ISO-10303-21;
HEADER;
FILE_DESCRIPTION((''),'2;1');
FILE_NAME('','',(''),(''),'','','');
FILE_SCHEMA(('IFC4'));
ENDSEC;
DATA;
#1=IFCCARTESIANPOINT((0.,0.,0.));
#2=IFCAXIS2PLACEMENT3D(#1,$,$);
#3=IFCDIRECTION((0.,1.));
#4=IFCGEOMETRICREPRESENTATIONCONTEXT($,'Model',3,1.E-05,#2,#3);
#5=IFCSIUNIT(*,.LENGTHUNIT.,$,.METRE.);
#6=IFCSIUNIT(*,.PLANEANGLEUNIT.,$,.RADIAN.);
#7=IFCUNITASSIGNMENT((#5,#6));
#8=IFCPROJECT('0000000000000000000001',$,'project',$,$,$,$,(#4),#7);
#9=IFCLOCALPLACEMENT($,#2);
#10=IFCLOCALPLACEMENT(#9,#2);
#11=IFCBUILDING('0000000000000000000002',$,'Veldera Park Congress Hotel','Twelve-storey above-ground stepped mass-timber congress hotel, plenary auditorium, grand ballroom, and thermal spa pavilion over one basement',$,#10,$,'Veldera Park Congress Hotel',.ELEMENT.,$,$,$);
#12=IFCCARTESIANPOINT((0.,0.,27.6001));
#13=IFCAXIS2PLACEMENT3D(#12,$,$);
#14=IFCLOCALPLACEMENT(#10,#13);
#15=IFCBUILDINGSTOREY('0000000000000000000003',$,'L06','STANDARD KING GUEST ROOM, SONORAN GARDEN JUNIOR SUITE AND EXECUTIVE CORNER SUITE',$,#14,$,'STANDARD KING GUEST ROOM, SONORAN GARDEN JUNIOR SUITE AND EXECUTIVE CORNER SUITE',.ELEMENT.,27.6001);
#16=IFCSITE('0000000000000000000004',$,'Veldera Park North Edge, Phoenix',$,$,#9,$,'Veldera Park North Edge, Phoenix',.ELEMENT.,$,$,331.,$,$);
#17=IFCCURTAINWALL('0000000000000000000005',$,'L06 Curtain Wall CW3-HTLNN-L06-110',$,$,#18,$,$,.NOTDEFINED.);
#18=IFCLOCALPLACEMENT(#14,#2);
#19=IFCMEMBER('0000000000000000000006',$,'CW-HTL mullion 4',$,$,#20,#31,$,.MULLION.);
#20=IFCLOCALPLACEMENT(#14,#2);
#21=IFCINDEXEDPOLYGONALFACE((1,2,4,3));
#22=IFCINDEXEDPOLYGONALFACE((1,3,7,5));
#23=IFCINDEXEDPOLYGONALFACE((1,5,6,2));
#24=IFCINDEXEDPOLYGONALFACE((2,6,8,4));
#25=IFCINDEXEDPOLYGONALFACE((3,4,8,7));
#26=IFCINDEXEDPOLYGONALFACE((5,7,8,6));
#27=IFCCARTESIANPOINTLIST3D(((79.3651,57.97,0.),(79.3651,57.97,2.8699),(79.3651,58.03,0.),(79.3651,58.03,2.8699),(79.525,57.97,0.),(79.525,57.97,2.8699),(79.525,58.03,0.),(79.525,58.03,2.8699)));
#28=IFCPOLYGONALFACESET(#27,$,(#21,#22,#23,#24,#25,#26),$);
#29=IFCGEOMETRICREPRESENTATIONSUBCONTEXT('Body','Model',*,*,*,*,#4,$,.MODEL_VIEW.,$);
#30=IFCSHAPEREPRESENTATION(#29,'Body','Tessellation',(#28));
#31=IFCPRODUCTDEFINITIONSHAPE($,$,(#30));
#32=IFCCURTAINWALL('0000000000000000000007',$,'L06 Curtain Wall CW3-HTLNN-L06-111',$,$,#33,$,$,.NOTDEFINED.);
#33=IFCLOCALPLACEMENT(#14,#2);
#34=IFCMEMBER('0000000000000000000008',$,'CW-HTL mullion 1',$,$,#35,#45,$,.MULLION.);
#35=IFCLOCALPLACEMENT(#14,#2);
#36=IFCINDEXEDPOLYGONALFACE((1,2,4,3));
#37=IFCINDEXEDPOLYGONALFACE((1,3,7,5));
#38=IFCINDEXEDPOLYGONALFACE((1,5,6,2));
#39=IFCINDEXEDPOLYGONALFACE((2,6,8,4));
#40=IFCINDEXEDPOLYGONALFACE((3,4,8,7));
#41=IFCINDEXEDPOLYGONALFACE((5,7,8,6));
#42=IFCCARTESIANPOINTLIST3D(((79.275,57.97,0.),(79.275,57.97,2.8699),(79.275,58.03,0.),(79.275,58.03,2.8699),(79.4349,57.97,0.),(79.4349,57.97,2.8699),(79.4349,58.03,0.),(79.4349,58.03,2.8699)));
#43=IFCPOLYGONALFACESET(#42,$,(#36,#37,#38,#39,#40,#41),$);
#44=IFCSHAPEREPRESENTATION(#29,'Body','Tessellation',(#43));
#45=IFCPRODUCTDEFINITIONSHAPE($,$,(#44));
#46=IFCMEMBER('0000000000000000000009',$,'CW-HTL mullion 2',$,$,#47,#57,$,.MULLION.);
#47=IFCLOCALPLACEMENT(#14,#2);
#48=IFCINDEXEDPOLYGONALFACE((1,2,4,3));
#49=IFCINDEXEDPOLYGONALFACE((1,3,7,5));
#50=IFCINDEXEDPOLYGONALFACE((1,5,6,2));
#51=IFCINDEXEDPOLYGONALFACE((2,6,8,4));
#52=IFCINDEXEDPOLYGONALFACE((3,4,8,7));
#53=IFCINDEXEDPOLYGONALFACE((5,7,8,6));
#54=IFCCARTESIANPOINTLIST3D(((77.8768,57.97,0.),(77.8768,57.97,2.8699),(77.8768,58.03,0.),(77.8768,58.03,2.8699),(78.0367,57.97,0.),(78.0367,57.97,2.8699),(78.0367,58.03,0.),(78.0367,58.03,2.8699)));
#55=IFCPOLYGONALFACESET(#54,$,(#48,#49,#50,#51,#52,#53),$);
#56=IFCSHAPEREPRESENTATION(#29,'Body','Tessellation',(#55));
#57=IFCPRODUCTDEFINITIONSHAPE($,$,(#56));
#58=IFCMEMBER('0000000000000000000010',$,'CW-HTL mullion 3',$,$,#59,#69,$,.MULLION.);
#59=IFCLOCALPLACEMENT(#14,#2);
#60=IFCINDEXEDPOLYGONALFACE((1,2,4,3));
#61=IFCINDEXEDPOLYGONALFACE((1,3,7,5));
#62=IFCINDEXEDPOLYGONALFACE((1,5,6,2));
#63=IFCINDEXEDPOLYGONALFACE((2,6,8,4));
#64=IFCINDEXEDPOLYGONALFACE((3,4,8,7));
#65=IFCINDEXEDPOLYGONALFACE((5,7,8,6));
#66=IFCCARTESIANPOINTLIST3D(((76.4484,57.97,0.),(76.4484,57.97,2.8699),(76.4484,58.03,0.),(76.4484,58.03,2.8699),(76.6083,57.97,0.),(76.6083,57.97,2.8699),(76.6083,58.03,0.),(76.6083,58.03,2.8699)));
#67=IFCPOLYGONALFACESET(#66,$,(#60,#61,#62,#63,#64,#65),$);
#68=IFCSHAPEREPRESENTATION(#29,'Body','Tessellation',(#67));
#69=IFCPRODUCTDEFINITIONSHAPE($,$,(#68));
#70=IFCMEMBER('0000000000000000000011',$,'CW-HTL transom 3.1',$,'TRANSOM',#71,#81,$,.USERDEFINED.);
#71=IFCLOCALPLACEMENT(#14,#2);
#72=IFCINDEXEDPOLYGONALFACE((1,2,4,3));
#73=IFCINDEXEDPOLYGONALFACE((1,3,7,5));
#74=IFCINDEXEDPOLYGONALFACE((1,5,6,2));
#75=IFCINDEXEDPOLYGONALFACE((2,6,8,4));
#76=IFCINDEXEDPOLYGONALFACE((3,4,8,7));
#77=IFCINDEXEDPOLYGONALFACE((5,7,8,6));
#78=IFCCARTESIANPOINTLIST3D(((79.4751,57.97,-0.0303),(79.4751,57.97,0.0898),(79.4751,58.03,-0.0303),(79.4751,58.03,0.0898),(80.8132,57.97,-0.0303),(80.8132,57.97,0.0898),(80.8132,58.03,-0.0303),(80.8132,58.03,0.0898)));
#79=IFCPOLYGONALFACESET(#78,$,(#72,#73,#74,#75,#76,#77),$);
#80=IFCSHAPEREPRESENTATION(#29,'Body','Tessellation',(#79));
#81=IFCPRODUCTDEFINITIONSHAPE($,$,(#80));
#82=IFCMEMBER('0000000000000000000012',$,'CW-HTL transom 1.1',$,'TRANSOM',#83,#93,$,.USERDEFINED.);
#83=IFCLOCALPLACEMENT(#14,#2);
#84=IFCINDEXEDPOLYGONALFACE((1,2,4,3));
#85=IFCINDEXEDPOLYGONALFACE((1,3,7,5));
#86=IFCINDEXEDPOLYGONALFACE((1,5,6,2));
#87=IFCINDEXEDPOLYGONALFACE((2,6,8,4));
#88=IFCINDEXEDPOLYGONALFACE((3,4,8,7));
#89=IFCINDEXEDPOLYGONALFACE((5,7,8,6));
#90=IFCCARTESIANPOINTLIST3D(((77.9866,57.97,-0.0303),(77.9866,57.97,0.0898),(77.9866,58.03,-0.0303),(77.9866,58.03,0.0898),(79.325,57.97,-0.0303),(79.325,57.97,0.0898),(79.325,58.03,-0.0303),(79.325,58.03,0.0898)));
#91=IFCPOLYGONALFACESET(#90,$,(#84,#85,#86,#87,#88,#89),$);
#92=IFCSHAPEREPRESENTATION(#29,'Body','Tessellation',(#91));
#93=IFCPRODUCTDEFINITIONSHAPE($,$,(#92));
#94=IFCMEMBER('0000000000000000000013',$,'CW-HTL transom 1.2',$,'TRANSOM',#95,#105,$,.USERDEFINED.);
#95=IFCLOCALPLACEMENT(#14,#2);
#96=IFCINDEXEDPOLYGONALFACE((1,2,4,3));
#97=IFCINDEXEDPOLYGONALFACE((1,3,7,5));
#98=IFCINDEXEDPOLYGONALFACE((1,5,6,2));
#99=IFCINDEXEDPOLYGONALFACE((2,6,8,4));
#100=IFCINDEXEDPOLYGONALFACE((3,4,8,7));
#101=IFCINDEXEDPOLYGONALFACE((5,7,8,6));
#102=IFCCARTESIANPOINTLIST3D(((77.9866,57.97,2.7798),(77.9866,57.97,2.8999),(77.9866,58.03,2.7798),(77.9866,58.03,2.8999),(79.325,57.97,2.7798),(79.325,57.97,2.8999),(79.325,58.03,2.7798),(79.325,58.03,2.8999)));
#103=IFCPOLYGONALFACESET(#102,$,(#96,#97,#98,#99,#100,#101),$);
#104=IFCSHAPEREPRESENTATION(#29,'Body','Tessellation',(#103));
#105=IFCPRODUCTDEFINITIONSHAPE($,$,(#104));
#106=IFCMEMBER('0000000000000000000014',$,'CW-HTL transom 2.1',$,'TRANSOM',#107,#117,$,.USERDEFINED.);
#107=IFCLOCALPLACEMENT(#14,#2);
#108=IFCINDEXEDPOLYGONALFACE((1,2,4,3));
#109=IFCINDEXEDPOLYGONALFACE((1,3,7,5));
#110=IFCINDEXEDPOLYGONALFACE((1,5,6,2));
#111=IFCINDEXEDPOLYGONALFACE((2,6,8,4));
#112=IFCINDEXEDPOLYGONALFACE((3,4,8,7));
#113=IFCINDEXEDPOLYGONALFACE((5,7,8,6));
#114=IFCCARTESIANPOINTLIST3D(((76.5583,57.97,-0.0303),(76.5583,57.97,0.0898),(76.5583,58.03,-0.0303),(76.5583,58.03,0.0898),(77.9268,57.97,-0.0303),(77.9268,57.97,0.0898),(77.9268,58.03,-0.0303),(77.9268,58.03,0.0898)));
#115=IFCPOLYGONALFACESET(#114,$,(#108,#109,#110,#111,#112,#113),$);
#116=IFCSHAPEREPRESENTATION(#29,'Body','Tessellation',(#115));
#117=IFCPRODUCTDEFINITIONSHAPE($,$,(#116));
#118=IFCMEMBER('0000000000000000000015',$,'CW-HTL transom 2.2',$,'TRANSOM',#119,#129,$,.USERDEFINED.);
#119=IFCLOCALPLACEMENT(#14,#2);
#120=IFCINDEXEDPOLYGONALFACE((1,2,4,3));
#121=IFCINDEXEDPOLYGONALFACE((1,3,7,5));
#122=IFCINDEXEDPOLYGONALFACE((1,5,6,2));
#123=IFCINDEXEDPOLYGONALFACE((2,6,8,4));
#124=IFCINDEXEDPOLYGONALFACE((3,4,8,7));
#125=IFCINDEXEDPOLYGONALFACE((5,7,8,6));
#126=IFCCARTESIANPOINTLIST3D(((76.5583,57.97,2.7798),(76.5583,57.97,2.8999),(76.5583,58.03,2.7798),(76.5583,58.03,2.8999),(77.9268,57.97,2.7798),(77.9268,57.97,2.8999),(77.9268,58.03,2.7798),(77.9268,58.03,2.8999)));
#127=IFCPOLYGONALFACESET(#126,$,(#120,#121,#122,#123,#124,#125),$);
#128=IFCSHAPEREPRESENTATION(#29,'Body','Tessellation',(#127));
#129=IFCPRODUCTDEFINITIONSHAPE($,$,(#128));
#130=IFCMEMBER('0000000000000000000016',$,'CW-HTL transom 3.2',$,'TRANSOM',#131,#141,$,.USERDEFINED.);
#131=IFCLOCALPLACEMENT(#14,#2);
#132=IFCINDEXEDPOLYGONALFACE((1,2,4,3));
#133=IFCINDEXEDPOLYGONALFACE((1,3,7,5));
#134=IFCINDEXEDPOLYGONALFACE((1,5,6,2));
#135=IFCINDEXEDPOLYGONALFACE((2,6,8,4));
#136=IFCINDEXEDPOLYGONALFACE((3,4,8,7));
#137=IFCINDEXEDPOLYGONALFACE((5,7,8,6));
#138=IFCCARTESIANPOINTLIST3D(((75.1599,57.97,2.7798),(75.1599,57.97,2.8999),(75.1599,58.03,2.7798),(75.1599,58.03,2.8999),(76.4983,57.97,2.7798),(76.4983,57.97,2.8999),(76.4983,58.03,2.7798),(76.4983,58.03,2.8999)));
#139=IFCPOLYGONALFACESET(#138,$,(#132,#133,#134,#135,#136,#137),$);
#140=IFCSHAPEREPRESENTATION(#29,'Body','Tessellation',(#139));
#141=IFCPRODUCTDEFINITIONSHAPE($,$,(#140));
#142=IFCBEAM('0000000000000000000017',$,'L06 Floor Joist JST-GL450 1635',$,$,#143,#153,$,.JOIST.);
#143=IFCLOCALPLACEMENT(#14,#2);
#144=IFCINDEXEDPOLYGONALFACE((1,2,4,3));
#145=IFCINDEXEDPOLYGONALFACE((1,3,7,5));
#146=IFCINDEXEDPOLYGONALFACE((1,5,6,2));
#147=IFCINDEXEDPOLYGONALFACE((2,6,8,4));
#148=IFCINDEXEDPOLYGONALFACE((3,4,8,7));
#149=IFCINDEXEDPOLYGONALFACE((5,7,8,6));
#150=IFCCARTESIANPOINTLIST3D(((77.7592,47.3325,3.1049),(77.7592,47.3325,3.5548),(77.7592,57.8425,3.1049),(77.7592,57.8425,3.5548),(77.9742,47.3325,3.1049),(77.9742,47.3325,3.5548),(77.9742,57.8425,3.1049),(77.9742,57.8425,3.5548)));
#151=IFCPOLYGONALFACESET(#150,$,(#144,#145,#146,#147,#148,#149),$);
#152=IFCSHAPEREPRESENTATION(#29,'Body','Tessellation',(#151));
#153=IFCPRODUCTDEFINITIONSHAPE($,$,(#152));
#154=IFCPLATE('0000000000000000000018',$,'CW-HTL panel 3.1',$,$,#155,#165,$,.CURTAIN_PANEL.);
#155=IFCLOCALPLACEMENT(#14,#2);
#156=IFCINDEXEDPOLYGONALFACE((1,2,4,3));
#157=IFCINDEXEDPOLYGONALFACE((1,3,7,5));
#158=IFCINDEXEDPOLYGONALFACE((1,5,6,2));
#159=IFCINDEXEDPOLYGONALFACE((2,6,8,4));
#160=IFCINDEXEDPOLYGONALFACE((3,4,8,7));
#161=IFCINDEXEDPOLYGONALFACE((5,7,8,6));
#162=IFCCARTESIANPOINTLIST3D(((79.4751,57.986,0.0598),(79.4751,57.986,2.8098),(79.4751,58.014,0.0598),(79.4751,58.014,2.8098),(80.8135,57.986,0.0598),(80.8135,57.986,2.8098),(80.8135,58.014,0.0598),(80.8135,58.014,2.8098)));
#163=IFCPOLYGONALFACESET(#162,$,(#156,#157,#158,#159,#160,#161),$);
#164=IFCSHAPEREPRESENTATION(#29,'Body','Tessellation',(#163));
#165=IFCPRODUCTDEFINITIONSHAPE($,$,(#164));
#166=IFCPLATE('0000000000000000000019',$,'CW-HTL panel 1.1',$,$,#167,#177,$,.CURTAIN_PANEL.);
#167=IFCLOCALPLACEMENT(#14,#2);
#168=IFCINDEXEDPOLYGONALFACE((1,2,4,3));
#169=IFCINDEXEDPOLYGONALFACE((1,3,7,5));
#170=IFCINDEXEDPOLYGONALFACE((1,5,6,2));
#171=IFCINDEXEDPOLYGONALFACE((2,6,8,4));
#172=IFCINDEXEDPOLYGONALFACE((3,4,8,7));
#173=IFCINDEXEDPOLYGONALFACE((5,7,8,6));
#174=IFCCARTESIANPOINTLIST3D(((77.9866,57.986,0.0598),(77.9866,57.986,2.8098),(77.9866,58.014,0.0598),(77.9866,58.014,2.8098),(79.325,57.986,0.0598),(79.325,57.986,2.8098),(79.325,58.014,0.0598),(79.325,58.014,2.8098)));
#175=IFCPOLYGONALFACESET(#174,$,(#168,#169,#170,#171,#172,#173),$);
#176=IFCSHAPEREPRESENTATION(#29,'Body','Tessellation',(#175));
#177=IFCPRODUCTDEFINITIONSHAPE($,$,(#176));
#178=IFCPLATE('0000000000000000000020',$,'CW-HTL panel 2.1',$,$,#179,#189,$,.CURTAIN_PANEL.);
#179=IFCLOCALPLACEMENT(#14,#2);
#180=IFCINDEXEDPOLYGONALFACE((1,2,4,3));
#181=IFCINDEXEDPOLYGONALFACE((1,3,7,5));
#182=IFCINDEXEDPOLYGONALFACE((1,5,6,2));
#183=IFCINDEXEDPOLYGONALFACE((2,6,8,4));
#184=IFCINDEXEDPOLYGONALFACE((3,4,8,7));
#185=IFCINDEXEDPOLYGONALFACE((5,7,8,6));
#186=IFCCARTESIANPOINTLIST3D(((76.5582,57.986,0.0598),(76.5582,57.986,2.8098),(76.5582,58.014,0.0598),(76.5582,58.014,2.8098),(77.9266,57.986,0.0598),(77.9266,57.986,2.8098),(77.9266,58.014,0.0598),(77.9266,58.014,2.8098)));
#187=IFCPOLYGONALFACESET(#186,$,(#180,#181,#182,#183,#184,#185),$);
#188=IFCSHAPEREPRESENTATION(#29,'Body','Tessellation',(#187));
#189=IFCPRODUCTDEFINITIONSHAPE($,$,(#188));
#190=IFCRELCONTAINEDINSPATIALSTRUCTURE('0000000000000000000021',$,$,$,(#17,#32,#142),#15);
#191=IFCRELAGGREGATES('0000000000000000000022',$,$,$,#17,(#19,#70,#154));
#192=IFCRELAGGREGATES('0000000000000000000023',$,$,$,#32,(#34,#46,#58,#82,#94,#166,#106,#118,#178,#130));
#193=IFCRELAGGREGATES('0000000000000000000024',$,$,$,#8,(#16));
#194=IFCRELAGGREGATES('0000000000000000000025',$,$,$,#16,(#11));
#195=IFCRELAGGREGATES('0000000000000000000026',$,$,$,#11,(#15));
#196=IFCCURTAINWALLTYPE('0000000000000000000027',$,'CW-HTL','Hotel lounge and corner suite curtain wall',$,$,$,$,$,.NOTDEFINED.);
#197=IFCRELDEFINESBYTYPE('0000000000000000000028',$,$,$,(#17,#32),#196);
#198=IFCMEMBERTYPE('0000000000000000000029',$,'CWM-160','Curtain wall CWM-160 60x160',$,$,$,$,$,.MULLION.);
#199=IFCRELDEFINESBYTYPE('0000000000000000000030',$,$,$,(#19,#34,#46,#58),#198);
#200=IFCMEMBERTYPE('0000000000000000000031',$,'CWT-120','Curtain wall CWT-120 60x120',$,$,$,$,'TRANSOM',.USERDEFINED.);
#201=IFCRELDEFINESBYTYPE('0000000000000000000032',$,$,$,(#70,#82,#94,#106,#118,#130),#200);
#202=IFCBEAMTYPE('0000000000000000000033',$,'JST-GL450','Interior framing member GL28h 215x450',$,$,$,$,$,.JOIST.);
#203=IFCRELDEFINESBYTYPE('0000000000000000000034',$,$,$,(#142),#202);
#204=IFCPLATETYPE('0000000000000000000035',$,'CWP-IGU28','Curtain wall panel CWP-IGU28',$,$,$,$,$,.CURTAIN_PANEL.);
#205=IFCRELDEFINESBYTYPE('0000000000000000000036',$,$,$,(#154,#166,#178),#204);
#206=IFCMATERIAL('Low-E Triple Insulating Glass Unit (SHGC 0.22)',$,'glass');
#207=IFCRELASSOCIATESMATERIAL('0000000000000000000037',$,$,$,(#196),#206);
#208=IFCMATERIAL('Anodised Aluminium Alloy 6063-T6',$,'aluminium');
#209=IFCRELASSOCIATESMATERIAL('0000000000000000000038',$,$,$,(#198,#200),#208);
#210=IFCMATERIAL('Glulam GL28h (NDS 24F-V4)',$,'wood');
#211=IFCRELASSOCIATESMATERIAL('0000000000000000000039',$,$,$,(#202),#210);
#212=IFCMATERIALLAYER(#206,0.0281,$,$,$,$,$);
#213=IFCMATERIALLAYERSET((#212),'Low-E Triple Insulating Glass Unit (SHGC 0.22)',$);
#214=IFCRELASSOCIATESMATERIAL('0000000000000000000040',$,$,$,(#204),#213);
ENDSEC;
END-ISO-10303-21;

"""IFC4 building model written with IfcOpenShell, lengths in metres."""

from ifc_helpers import new_model, si_unit, direction, frame, origin, origin_2d, place, context, subcontext, project, spatial, rectangle, extrude, material, layer, layer_set, material_profile, profile_set, type_object, element, aggregate, save


model = new_model("IFC4")

# Units and contexts
model_context = context("Model", 3, precision=1e-05, world=origin(), true_north=direction((0.0, 1.0)))
body_context = subcontext(model_context, "Body", "Model", "MODEL_VIEW")
ifc_project = project(units=[si_unit("LENGTHUNIT", "METRE"), si_unit("PLANEANGLEUNIT", "RADIAN")], contexts=[model_context])

# Site, building, storey
site_placement = place(None, origin())
site = spatial("IfcSite", under=ifc_project, at=site_placement, Name="Veldera Park North Edge, Phoenix", LongName="Veldera Park North Edge, Phoenix", CompositionType="ELEMENT", RefElevation=331.0)
building_placement = place(site_placement, origin())
building = spatial("IfcBuilding", under=site, at=building_placement, Name="Veldera Park Congress Hotel", Description="Twelve-storey above-ground stepped mass-timber congress hotel, plenary auditorium, grand ballroom, and thermal spa pavilion over one basement", LongName="Veldera Park Congress Hotel", CompositionType="ELEMENT")
storey_placement = place(building_placement, frame((0.0, 0.0, 27.6001)))
storey = spatial("IfcBuildingStorey", under=building, at=storey_placement, Name="L06", Description="STANDARD KING GUEST ROOM, SONORAN GARDEN JUNIOR SUITE AND EXECUTIVE CORNER SUITE", LongName="STANDARD KING GUEST ROOM, SONORAN GARDEN JUNIOR SUITE AND EXECUTIVE CORNER SUITE", CompositionType="ELEMENT", Elevation=27.6001)

# Curtain wall, member
ifc_material_1 = material(Name="Low-E Triple Insulating Glass Unit (SHGC 0.22)", Category="glass")
curtain_wall_type = type_object("IfcCurtainWallType", Name="CW-HTL", Description="Hotel lounge and corner suite curtain wall", PredefinedType="NOTDEFINED", material=ifc_material_1)
curtain_wall_1_placement = place(storey_placement, origin())
curtain_wall_1 = element("IfcCurtainWall", 1, at=curtain_wall_1_placement, inside=storey, type_object=curtain_wall_type, Name="L06 Curtain Wall CW3-HTLNN-L06-110", PredefinedType="NOTDEFINED")
ifc_material_2 = material(Name="Anodised Aluminium Alloy 6063-T6", Category="aluminium")
ifc_material_profile_1 = material_profile(ifc_material_2, rectangle(XDim=0.0601, YDim=0.1599, at=origin_2d()), Name="ALU 60x160")
ifc_profile_set_1 = profile_set([ifc_material_profile_1], Name="Anodised Aluminium Alloy 6063-T6")
member_type_1 = type_object("IfcMemberType", Name="CWM-160", Description="Curtain wall CWM-160 60x160", PredefinedType="MULLION", material=ifc_profile_set_1)
member_1_placement = place(storey_placement, frame((79.4451, 58.0, 0.0), z_axis=(0.0, 0.0, 1.0), x_axis=(0.0, -1.0, 0.0)))
member_1 = element("IfcMember", 2, at=member_1_placement, type_object=member_type_1, Name="CW-HTL mullion 4", PredefinedType="MULLION", context=body_context, shape_type="SweptSolid", body=[
    extrude(rectangle(XDim=0.0601, YDim=0.1599, at=origin_2d()), origin(), (0.0, 0.0, 1.0), 2.8699),
])

# Curtain wall, members
curtain_wall_2_placement = place(storey_placement, origin())
curtain_wall_2 = element("IfcCurtainWall", 3, at=curtain_wall_2_placement, inside=storey, type_object=curtain_wall_type, Name="L06 Curtain Wall CW3-HTLNN-L06-111", PredefinedType="NOTDEFINED")
member_2_placement = place(storey_placement, frame((79.355, 58.0, 0.0), z_axis=(0.0, 0.0, 1.0), x_axis=(0.0, -1.0, 0.0)))
member_2 = element("IfcMember", 4, at=member_2_placement, type_object=member_type_1, Name="CW-HTL mullion 1", PredefinedType="MULLION", context=body_context, shape_type="SweptSolid", body=[
    extrude(rectangle(XDim=0.0601, YDim=0.1599, at=origin_2d()), origin(), (0.0, 0.0, 1.0), 2.8699),
])
member_3_placement = place(storey_placement, frame((77.9568, 58.0, 0.0), z_axis=(0.0, 0.0, 1.0), x_axis=(0.0, -1.0, 0.0)))
member_3 = element("IfcMember", 5, at=member_3_placement, type_object=member_type_1, Name="CW-HTL mullion 2", PredefinedType="MULLION", context=body_context, shape_type="SweptSolid", body=[
    extrude(rectangle(XDim=0.0601, YDim=0.1599, at=origin_2d()), origin(), (0.0, 0.0, 1.0), 2.8699),
])
member_4_placement = place(storey_placement, frame((76.5283, 58.0, 0.0), z_axis=(0.0, 0.0, 1.0), x_axis=(0.0, -1.0, 0.0)))
member_4 = element("IfcMember", 6, at=member_4_placement, type_object=member_type_1, Name="CW-HTL mullion 3", PredefinedType="MULLION", context=body_context, shape_type="SweptSolid", body=[
    extrude(rectangle(XDim=0.0601, YDim=0.1599, at=origin_2d()), origin(), (0.0, 0.0, 1.0), 2.8699),
])

# Members
ifc_material_profile_2 = material_profile(ifc_material_2, rectangle(XDim=0.0601, YDim=0.1201, at=origin_2d()), Name="ALU 60x120")
ifc_profile_set_2 = profile_set([ifc_material_profile_2], Name="Anodised Aluminium Alloy 6063-T6")
member_type_2 = type_object("IfcMemberType", Name="CWT-120", Description="Curtain wall CWT-120 60x120", ElementType="TRANSOM", PredefinedType="USERDEFINED", material=ifc_profile_set_2)
member_5_placement = place(storey_placement, frame((80.8132, 58.0, 0.0298), z_axis=(-1.0, 0.0, 0.0), x_axis=(0.0, -1.0, 0.0)))
member_5 = element("IfcMember", 7, at=member_5_placement, type_object=member_type_2, Name="CW-HTL transom 3.1", ObjectType="TRANSOM", PredefinedType="USERDEFINED", context=body_context, shape_type="SweptSolid", body=[
    extrude(rectangle(XDim=0.0601, YDim=0.1201, at=origin_2d()), origin(), (0.0, 0.0, 1.0), 1.3381),
])
member_6_placement = place(storey_placement, frame((79.325, 58.0, 0.0298), z_axis=(-1.0, 0.0, 0.0), x_axis=(0.0, -1.0, 0.0)))
member_6 = element("IfcMember", 8, at=member_6_placement, type_object=member_type_2, Name="CW-HTL transom 1.1", ObjectType="TRANSOM", PredefinedType="USERDEFINED", context=body_context, shape_type="SweptSolid", body=[
    extrude(rectangle(XDim=0.0601, YDim=0.1201, at=origin_2d()), origin(), (0.0, 0.0, 1.0), 1.3384),
])
member_7_placement = place(storey_placement, frame((79.325, 58.0, 2.8398), z_axis=(-1.0, 0.0, 0.0), x_axis=(0.0, -1.0, 0.0)))
member_7 = element("IfcMember", 9, at=member_7_placement, type_object=member_type_2, Name="CW-HTL transom 1.2", ObjectType="TRANSOM", PredefinedType="USERDEFINED", context=body_context, shape_type="SweptSolid", body=[
    extrude(rectangle(XDim=0.0601, YDim=0.1201, at=origin_2d()), origin(), (0.0, 0.0, 1.0), 1.3384),
])
member_8_placement = place(storey_placement, frame((77.9268, 58.0, 0.0298), z_axis=(-1.0, 0.0, 0.0), x_axis=(0.0, -1.0, 0.0)))
member_8 = element("IfcMember", 10, at=member_8_placement, type_object=member_type_2, Name="CW-HTL transom 2.1", ObjectType="TRANSOM", PredefinedType="USERDEFINED", context=body_context, shape_type="SweptSolid", body=[
    extrude(rectangle(XDim=0.0601, YDim=0.1201, at=origin_2d()), origin(), (0.0, 0.0, 1.0), 1.3684),
])
member_9_placement = place(storey_placement, frame((77.9268, 58.0, 2.8398), z_axis=(-1.0, 0.0, 0.0), x_axis=(0.0, -1.0, 0.0)))
member_9 = element("IfcMember", 11, at=member_9_placement, type_object=member_type_2, Name="CW-HTL transom 2.2", ObjectType="TRANSOM", PredefinedType="USERDEFINED", context=body_context, shape_type="SweptSolid", body=[
    extrude(rectangle(XDim=0.0601, YDim=0.1201, at=origin_2d()), origin(), (0.0, 0.0, 1.0), 1.3684),
])
member_10_placement = place(storey_placement, frame((76.4983, 58.0, 2.8398), z_axis=(-1.0, 0.0, 0.0), x_axis=(0.0, -1.0, 0.0)))
member_10 = element("IfcMember", 12, at=member_10_placement, type_object=member_type_2, Name="CW-HTL transom 3.2", ObjectType="TRANSOM", PredefinedType="USERDEFINED", context=body_context, shape_type="SweptSolid", body=[
    extrude(rectangle(XDim=0.0601, YDim=0.1201, at=origin_2d()), origin(), (0.0, 0.0, 1.0), 1.3384),
])

# Beam
ifc_material_3 = material(Name="Glulam GL28h (NDS 24F-V4)", Category="wood")
ifc_material_profile_3 = material_profile(ifc_material_3, rectangle(XDim=0.2151, YDim=0.45, at=origin_2d()), Name="GL28h 215x450")
ifc_profile_set_3 = profile_set([ifc_material_profile_3], Name="Glulam GL28h (NDS 24F-V4)")
beam_type = type_object("IfcBeamType", Name="JST-GL450", Description="Interior framing member GL28h 215x450", PredefinedType="JOIST", material=ifc_profile_set_3)
beam_placement = place(storey_placement, frame((77.8667, 47.3325, 3.3298), z_axis=(0.0, 1.0, 0.0), x_axis=(-1.0, 0.0, 0.0)))
element("IfcBeam", 13, at=beam_placement, inside=storey, type_object=beam_type, Name="L06 Floor Joist JST-GL450 1635", PredefinedType="JOIST", context=body_context, shape_type="SweptSolid", body=[
    extrude(rectangle(XDim=0.2151, YDim=0.45, at=origin_2d()), origin(), (0.0, 0.0, 1.0), 10.51),
])

# Plates
ifc_layer_1 = layer(ifc_material_1, 0.0281)
ifc_layer_set_1 = layer_set([ifc_layer_1], Name="Low-E Triple Insulating Glass Unit (SHGC 0.22)")
plate_type = type_object("IfcPlateType", Name="CWP-IGU28", Description="Curtain wall panel CWP-IGU28", PredefinedType="CURTAIN_PANEL", material=ifc_layer_set_1)
plate_1_placement = place(storey_placement, frame((80.1443, 58.0, 0.0598), z_axis=(0.0, 0.0, 1.0), x_axis=(-1.0, 0.0, 0.0)))
plate_1 = element("IfcPlate", 14, at=plate_1_placement, type_object=plate_type, Name="CW-HTL panel 3.1", PredefinedType="CURTAIN_PANEL", context=body_context, shape_type="SweptSolid", body=[
    extrude(rectangle(XDim=1.3384, YDim=0.0281, at=origin_2d()), origin(), (0.0, 0.0, 1.0), 2.75),
])
aggregate(curtain_wall_1, [member_1, member_5, plate_1])
plate_2_placement = place(storey_placement, frame((78.6558, 58.0, 0.0598), z_axis=(0.0, 0.0, 1.0), x_axis=(-1.0, 0.0, 0.0)))
plate_2 = element("IfcPlate", 15, at=plate_2_placement, type_object=plate_type, Name="CW-HTL panel 1.1", PredefinedType="CURTAIN_PANEL", context=body_context, shape_type="SweptSolid", body=[
    extrude(rectangle(XDim=1.3384, YDim=0.0281, at=origin_2d()), origin(), (0.0, 0.0, 1.0), 2.75),
])
plate_3_placement = place(storey_placement, frame((77.2424, 58.0, 0.0598), z_axis=(0.0, 0.0, 1.0), x_axis=(-1.0, 0.0, 0.0)))
plate_3 = element("IfcPlate", 16, at=plate_3_placement, type_object=plate_type, Name="CW-HTL panel 2.1", PredefinedType="CURTAIN_PANEL", context=body_context, shape_type="SweptSolid", body=[
    extrude(rectangle(XDim=1.3684, YDim=0.0281, at=origin_2d()), origin(), (0.0, 0.0, 1.0), 2.75),
])
aggregate(curtain_wall_2, [member_2, member_3, member_4, member_6, member_7, plate_2, member_8, member_9, plate_3, member_10])

save(model, "model.ifc")
